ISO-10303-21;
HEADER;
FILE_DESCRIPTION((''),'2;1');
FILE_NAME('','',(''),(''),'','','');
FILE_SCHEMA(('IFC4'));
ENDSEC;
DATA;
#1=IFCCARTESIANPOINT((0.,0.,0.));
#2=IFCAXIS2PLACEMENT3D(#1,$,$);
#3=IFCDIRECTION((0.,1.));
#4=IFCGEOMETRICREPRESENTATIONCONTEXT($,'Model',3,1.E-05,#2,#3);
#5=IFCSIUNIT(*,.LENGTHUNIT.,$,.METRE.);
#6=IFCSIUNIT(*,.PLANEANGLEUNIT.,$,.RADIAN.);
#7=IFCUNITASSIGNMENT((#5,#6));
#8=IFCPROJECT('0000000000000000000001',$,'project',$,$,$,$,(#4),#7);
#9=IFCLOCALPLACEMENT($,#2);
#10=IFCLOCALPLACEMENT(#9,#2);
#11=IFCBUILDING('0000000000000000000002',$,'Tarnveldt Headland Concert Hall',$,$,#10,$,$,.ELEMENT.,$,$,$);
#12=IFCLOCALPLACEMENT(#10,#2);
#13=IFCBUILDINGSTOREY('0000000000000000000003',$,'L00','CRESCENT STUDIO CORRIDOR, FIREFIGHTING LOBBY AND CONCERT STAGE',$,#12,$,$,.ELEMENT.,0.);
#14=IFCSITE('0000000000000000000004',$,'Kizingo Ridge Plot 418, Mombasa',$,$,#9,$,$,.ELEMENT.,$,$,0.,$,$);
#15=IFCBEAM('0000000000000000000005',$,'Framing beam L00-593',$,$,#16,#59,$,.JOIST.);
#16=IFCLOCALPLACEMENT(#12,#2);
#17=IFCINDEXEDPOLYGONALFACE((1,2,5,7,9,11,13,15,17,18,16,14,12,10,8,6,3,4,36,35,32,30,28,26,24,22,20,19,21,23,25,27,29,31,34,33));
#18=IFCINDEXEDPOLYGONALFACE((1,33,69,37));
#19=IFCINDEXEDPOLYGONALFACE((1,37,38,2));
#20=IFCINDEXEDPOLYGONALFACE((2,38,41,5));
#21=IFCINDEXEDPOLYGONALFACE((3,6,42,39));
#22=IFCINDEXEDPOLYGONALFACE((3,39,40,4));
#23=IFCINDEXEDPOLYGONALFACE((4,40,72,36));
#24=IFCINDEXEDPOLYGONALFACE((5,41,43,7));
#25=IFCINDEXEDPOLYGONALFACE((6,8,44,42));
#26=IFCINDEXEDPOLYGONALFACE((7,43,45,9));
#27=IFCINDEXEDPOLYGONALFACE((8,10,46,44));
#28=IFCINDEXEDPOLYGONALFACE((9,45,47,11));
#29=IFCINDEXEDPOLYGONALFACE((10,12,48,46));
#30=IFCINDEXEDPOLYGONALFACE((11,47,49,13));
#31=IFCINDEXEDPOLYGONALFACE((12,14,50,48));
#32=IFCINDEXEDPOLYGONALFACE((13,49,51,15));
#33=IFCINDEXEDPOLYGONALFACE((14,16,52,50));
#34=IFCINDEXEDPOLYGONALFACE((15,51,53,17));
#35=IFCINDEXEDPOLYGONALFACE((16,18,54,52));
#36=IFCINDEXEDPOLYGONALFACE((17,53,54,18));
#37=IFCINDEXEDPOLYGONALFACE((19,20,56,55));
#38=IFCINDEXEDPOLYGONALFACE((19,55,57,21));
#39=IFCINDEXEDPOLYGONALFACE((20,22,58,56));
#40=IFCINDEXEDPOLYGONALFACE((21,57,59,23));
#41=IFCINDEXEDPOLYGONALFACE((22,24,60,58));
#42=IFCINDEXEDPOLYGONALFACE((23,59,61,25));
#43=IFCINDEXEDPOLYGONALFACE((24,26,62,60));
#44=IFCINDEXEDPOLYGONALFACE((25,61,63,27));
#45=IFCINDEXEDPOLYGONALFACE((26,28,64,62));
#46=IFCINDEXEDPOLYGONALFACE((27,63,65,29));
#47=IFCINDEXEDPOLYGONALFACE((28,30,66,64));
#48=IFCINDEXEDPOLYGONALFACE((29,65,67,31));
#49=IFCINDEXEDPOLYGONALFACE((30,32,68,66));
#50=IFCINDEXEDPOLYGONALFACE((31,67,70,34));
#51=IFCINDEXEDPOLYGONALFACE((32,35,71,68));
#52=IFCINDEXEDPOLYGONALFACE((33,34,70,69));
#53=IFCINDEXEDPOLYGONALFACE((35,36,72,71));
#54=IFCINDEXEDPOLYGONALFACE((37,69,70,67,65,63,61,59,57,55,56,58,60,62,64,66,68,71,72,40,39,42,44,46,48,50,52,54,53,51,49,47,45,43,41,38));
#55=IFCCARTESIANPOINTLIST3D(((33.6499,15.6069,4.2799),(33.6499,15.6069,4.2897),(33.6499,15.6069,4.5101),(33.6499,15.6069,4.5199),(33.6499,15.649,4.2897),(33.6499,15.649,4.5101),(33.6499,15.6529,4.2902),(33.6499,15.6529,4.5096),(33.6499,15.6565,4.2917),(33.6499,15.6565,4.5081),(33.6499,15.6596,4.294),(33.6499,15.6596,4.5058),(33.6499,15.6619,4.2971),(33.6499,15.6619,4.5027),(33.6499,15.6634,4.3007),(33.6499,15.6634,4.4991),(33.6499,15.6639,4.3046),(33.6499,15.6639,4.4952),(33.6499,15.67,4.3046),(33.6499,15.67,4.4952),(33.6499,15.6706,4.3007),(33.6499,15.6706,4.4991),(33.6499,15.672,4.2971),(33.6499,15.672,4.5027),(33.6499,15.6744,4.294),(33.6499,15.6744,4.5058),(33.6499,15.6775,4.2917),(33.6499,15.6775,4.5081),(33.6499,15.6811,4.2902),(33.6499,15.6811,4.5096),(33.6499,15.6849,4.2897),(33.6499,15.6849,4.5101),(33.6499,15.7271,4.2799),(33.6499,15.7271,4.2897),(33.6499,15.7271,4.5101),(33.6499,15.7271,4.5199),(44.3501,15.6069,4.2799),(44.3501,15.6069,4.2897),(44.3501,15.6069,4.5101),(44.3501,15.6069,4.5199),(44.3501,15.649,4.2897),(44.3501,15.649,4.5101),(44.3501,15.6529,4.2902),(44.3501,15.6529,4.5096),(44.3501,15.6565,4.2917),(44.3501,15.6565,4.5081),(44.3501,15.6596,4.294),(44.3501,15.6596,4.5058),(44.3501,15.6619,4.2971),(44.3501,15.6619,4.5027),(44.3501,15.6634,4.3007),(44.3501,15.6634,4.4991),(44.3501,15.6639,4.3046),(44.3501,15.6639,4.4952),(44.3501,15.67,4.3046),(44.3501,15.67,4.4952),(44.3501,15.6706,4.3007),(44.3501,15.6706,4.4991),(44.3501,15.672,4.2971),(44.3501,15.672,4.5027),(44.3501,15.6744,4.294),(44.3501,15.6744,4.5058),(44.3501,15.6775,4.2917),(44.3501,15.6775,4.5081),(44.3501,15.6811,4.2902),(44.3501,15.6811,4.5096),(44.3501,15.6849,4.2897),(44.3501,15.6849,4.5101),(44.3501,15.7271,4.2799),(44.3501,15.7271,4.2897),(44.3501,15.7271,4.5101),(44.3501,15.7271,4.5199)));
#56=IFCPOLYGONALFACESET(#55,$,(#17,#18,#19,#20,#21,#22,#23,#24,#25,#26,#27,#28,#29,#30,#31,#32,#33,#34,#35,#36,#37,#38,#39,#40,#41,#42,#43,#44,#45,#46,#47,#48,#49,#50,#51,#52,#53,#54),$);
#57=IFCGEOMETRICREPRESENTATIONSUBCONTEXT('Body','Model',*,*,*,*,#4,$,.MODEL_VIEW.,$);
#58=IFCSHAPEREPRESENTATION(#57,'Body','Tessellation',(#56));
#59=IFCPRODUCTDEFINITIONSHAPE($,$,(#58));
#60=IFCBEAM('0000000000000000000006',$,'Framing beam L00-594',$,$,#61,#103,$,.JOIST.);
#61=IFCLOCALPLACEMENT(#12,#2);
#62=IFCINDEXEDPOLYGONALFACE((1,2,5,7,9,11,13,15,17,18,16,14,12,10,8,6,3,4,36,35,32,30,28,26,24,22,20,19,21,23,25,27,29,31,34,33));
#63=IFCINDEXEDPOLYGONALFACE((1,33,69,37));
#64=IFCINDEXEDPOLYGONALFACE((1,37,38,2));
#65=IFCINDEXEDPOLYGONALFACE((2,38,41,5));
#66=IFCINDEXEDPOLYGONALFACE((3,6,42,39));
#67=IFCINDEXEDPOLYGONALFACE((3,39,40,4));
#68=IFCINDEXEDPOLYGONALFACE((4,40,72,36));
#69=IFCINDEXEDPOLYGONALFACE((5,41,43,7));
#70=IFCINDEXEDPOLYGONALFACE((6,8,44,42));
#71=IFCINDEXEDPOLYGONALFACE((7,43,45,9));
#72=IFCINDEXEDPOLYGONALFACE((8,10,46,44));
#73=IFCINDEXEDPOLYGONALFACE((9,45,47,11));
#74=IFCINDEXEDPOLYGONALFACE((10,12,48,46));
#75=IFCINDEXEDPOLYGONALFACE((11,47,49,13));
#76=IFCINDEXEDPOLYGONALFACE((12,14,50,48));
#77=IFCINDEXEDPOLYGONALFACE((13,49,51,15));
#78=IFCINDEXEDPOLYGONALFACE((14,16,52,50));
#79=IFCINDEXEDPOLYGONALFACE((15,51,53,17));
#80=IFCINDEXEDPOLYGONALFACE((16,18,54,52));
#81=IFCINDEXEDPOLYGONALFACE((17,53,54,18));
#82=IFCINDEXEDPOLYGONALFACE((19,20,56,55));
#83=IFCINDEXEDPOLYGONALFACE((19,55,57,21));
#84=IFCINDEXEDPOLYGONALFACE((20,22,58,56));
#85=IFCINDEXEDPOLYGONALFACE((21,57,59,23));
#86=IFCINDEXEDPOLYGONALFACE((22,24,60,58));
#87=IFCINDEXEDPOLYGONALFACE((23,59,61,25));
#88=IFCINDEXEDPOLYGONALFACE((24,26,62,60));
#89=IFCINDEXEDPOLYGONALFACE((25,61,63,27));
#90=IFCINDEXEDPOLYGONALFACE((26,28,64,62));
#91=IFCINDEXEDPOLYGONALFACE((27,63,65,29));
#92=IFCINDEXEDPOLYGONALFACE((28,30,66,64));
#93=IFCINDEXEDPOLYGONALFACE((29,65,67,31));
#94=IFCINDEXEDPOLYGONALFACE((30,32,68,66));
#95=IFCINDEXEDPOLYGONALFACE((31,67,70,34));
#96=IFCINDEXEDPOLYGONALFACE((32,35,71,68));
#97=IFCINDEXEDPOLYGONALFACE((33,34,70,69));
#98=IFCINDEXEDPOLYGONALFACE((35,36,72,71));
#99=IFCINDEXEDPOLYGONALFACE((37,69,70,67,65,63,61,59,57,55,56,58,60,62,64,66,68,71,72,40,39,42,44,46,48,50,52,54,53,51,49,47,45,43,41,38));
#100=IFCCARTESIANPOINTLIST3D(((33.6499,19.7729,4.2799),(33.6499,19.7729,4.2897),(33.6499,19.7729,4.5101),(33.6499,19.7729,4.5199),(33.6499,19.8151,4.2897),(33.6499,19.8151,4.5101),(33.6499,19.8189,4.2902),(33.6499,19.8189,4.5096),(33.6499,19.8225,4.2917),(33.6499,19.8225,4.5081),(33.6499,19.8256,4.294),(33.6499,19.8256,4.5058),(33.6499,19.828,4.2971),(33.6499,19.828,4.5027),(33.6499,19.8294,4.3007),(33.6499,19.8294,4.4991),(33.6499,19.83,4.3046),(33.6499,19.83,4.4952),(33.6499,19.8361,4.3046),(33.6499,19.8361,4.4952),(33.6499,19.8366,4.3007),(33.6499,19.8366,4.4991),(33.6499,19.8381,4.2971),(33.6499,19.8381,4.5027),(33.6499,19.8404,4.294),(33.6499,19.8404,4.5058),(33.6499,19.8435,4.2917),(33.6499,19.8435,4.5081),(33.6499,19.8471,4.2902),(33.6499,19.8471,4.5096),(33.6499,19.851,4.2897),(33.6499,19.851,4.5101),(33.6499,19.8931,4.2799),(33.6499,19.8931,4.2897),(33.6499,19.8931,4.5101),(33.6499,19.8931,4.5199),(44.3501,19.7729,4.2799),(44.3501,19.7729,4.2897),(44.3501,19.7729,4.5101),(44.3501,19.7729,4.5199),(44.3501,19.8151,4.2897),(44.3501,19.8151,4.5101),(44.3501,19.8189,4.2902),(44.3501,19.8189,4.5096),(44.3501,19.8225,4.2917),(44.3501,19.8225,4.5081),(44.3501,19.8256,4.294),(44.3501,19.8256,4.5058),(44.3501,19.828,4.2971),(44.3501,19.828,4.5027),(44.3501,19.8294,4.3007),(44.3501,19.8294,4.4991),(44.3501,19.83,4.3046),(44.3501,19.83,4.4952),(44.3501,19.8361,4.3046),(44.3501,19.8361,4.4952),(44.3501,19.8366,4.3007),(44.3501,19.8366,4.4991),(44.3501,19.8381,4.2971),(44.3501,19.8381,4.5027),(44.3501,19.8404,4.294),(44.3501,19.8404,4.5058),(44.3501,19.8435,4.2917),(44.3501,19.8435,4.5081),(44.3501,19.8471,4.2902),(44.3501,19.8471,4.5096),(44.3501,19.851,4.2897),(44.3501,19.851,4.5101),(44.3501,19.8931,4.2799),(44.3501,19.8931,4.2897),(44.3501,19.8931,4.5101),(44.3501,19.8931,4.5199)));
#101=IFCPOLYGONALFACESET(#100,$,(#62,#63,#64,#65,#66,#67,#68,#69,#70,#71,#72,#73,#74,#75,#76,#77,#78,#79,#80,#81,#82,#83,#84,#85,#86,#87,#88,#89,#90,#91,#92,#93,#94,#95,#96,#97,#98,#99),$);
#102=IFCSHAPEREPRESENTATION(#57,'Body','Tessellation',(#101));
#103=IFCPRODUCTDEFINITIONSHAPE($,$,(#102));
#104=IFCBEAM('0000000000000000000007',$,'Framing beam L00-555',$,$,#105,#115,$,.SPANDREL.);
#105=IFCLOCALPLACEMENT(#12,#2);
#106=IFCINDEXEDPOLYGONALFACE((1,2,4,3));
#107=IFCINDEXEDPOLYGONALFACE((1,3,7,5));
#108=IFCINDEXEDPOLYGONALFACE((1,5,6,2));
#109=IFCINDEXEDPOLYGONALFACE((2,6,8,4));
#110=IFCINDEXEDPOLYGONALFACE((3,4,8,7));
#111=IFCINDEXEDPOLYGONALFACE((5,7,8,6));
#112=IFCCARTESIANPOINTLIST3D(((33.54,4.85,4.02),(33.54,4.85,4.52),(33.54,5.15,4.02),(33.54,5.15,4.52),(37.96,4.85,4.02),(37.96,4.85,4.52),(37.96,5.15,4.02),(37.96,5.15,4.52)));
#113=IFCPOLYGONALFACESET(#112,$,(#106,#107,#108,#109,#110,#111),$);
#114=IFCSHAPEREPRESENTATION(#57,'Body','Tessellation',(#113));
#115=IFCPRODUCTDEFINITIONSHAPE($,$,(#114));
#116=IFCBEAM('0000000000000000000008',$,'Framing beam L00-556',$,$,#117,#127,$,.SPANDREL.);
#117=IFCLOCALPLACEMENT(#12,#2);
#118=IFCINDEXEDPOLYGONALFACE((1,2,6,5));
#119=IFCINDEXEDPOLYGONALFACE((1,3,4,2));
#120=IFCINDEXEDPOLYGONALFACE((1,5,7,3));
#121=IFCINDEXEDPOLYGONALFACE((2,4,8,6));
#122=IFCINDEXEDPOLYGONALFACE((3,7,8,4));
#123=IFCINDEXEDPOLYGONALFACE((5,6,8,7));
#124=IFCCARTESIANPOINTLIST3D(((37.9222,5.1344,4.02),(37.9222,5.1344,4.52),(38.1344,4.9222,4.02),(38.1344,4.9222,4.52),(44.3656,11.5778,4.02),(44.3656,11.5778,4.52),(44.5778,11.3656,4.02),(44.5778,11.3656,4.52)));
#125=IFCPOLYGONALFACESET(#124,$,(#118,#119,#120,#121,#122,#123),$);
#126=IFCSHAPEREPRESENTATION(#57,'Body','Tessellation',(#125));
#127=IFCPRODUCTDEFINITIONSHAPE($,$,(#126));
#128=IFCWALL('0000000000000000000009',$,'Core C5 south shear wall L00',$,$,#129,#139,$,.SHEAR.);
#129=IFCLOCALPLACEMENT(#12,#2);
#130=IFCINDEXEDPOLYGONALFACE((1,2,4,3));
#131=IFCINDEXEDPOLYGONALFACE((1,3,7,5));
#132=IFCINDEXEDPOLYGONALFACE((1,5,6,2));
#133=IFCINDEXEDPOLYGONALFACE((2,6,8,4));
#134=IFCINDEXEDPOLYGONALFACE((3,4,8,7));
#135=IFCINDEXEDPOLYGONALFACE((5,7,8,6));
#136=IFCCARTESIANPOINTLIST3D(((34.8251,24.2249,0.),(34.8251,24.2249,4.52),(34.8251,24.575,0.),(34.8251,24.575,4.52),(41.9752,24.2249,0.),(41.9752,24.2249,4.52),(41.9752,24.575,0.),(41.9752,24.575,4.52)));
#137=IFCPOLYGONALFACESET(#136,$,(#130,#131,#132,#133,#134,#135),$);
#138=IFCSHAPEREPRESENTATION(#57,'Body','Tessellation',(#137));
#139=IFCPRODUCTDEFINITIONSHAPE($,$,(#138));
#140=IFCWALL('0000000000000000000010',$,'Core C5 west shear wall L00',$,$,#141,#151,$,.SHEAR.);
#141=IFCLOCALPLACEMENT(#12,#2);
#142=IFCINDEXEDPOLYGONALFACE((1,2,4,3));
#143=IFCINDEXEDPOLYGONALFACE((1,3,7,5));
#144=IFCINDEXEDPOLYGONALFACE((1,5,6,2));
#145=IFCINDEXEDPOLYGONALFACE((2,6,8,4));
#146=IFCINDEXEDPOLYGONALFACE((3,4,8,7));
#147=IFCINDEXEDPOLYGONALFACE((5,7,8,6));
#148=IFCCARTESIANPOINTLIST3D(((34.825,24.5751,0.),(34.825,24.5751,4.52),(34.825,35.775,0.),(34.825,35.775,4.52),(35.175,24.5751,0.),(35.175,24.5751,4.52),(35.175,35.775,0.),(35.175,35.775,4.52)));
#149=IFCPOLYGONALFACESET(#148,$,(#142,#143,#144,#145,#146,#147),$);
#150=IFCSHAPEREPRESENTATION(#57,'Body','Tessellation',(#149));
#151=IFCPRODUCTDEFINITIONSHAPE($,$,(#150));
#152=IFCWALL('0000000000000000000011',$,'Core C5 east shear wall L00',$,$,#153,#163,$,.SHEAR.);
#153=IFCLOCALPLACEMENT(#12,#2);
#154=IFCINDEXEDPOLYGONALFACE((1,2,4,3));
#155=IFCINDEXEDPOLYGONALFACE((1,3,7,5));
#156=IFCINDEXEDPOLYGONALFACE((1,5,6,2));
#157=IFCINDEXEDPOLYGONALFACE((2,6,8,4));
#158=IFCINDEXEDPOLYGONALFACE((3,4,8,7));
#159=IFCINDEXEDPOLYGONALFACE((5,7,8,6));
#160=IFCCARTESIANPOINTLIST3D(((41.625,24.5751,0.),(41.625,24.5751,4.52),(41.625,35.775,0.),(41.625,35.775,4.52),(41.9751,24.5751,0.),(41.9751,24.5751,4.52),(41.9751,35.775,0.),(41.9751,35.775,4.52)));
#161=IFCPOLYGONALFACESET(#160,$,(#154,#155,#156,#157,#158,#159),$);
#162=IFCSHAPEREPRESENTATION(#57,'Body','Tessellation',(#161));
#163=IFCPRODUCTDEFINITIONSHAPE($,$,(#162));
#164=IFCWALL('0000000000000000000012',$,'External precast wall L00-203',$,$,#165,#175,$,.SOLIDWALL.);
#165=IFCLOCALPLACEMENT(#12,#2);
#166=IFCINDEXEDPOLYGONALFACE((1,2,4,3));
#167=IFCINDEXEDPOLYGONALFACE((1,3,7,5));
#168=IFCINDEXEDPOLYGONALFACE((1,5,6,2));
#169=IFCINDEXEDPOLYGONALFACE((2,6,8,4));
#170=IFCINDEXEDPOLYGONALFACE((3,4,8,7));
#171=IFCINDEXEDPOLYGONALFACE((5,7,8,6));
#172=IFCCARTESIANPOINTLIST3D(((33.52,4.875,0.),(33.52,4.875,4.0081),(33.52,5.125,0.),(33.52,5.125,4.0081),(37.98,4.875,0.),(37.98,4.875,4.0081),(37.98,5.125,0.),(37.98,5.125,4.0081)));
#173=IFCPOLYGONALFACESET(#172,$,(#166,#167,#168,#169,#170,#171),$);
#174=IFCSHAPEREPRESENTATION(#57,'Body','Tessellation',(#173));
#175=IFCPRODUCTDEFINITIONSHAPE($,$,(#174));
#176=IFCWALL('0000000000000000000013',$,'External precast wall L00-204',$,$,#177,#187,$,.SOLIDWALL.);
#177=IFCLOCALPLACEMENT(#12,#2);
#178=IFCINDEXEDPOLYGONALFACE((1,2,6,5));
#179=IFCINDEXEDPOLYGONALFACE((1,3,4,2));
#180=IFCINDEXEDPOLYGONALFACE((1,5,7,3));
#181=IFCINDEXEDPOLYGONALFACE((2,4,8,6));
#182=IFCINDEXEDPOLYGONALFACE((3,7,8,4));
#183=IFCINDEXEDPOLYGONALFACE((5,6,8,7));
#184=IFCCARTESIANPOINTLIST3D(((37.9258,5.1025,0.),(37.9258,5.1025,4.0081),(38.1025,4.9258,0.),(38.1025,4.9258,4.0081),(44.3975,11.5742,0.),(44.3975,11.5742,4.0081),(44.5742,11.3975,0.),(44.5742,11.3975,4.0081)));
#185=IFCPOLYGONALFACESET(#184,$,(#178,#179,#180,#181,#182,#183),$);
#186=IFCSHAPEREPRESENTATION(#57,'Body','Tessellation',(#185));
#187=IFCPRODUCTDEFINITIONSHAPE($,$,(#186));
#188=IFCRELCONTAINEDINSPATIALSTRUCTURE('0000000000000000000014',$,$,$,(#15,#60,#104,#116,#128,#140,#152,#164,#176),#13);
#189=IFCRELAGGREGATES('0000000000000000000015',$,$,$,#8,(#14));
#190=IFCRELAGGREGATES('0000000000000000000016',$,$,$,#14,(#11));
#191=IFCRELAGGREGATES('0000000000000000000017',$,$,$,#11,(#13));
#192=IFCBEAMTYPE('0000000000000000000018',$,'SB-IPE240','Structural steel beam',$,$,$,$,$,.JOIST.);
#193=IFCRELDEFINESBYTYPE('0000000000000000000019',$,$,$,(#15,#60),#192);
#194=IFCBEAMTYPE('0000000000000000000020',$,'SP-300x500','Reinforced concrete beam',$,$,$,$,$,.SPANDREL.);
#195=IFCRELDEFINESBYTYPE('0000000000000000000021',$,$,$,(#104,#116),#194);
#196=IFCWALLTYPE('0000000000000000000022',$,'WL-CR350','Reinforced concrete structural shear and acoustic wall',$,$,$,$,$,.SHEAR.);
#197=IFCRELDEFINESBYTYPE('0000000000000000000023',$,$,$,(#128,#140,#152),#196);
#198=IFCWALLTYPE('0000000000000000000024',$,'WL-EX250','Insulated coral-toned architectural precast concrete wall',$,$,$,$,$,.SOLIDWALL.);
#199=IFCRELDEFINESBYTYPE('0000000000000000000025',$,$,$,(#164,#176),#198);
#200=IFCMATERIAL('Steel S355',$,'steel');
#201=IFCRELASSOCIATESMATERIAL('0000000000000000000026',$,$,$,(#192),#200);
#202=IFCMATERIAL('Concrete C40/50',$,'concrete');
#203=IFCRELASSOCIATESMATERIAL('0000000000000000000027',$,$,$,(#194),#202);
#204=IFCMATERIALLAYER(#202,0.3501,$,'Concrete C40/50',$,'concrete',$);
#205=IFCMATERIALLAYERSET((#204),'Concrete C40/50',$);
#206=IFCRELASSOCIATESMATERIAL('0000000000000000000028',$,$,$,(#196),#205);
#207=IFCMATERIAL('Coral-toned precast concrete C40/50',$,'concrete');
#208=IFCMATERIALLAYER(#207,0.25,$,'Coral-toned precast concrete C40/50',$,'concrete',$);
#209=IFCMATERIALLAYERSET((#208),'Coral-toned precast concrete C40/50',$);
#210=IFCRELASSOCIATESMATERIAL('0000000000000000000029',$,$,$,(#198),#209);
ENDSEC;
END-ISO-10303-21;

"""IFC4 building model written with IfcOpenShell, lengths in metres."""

from ifc_helpers import new_model, si_unit, direction, frame, frame_2d, origin, origin_2d, place, context, subcontext, project, spatial, rectangle, i_section, extrude, material, layer, layer_set, material_profile, profile_set, type_object, element, save


model = new_model("IFC4")

# Units and contexts
model_context = context("Model", 3, precision=1e-05, world=origin(), true_north=direction((0.0, 1.0)))
body_context = subcontext(model_context, "Body", "Model", "MODEL_VIEW")
ifc_project = project(units=[si_unit("LENGTHUNIT", "METRE"), si_unit("PLANEANGLEUNIT", "RADIAN")], contexts=[model_context])

# Site, building, storey
site_placement = place(None, origin())
site = spatial("IfcSite", under=ifc_project, at=site_placement, Name="Kizingo Ridge Plot 418, Mombasa", CompositionType="ELEMENT", RefElevation=0.0)
building_placement = place(site_placement, origin())
building = spatial("IfcBuilding", under=site, at=building_placement, Name="Tarnveldt Headland Concert Hall", CompositionType="ELEMENT")
storey_placement = place(building_placement, origin())
storey = spatial("IfcBuildingStorey", under=building, at=storey_placement, Name="L00", Description="CRESCENT STUDIO CORRIDOR, FIREFIGHTING LOBBY AND CONCERT STAGE", CompositionType="ELEMENT", Elevation=0.0)

# Shared definitions
ifc_material_1 = material(Name="Concrete C40/50", Category="concrete")

# Beams
ifc_material_2 = material(Name="Steel S355", Category="steel")
ifc_material_profile_1 = material_profile(ifc_material_2, i_section(OverallWidth=0.1201, OverallDepth=0.24, WebThickness=0.0061, FlangeThickness=0.0098, FilletRadius=0.0149, at=origin_2d()), Name="IPE240", Category="steel")
ifc_profile_set_1 = profile_set([ifc_material_profile_1], Name="Steel S355")
beam_type_1 = type_object("IfcBeamType", Name="SB-IPE240", Description="Structural steel beam", PredefinedType="JOIST", material=ifc_profile_set_1)
for number, where, z_axis, x_axis, name in (
    (1, (33.6499, 15.667, 4.3999), (1.0, 0.0, 0.0), (0.0, 1.0, 0.0), "Framing beam L00-593"),
    (2, (33.6499, 19.833, 4.3999), (1.0, 0.0, 0.0), (0.0, 1.0, 0.0), "Framing beam L00-594"),
):
    element("IfcBeam", number, at=place(storey_placement, frame(where, z_axis=z_axis, x_axis=x_axis)), inside=storey, type_object=beam_type_1, Name=name, PredefinedType="JOIST", context=body_context, shape_type="SweptSolid", body=[
        extrude(i_section(OverallWidth=0.1201, OverallDepth=0.24, WebThickness=0.0061, FlangeThickness=0.0098, FilletRadius=0.0149, at=origin_2d()), origin(), (0.0, 0.0, 1.0), 10.7002),
    ])
ifc_material_profile_2 = material_profile(ifc_material_1, rectangle(XDim=0.3, YDim=0.5, at=origin_2d()), Name="RC SPANDREL 300x500", Category="concrete")
ifc_profile_set_2 = profile_set([ifc_material_profile_2], Name="Concrete C40/50")
beam_type_2 = type_object("IfcBeamType", Name="SP-300x500", Description="Reinforced concrete beam", PredefinedType="SPANDREL", material=ifc_profile_set_2)
beam_1_placement = place(storey_placement, frame((33.54, 5.0, 4.27), z_axis=(1.0, 0.0, 0.0), x_axis=(0.0, 1.0, 0.0)))
element("IfcBeam", 3, at=beam_1_placement, inside=storey, type_object=beam_type_2, Name="Framing beam L00-555", PredefinedType="SPANDREL", context=body_context, shape_type="SweptSolid", body=[
    extrude(rectangle(XDim=0.3, YDim=0.5, at=origin_2d()), origin(), (0.0, 0.0, 1.0), 4.4199),
])
beam_2_placement = place(storey_placement, frame((38.0283, 5.0283, 4.27), z_axis=(0.707107, 0.707107, 0.0), x_axis=(-0.707107, 0.707107, 0.0)))
element("IfcBeam", 4, at=beam_2_placement, inside=storey, type_object=beam_type_2, Name="Framing beam L00-556", PredefinedType="SPANDREL", context=body_context, shape_type="SweptSolid", body=[
    extrude(rectangle(XDim=0.3, YDim=0.5, at=origin_2d()), origin(), (0.0, 0.0, 1.0), 9.1123),
])

# Walls
ifc_layer_1 = layer(ifc_material_1, 0.3501, Name="Concrete C40/50", Category="concrete")
ifc_layer_set_1 = layer_set([ifc_layer_1], Name="Concrete C40/50")
wall_type_1 = type_object("IfcWallType", Name="WL-CR350", Description="Reinforced concrete structural shear and acoustic wall", PredefinedType="SHEAR", material=ifc_layer_set_1)
wall_1_placement = place(storey_placement, frame((34.825, 24.3999, 0.0), z_axis=(0.0, 0.0, 1.0), x_axis=(1.0, 0.0, 0.0)))
element("IfcWall", 5, at=wall_1_placement, inside=storey, type_object=wall_type_1, Name="Core C5 south shear wall L00", PredefinedType="SHEAR", context=body_context, shape_type="SweptSolid", body=[
    extrude(rectangle(XDim=7.1501, YDim=0.3501, at=frame_2d((3.5752, 0.0))), origin(), (0.0, 0.0, 1.0), 4.52),
])
for number, where, z_axis, x_axis, name in (
    (6, (35.0, 24.575, 0.0), (0.0, 0.0, 1.0), (0.0, 1.0, 0.0), "Core C5 west shear wall L00"),
    (7, (41.8, 24.575, 0.0), (0.0, 0.0, 1.0), (0.0, 1.0, 0.0), "Core C5 east shear wall L00"),
):
    element("IfcWall", number, at=place(storey_placement, frame(where, z_axis=z_axis, x_axis=x_axis)), inside=storey, type_object=wall_type_1, Name=name, PredefinedType="SHEAR", context=body_context, shape_type="SweptSolid", body=[
        extrude(rectangle(XDim=11.2, YDim=0.3501, at=frame_2d((5.6001, 0.0))), origin(), (0.0, 0.0, 1.0), 4.52),
    ])
ifc_material_3 = material(Name="Coral-toned precast concrete C40/50", Category="concrete")
ifc_layer_2 = layer(ifc_material_3, 0.25, Name="Coral-toned precast concrete C40/50", Category="concrete")
ifc_layer_set_2 = layer_set([ifc_layer_2], Name="Coral-toned precast concrete C40/50")
wall_type_2 = type_object("IfcWallType", Name="WL-EX250", Description="Insulated coral-toned architectural precast concrete wall", PredefinedType="SOLIDWALL", material=ifc_layer_set_2)
wall_2_placement = place(storey_placement, frame((37.98, 5.0, 0.0), z_axis=(0.0, 0.0, 1.0), x_axis=(-1.0, 0.0, 0.0)))
element("IfcWall", 8, at=wall_2_placement, inside=storey, type_object=wall_type_2, Name="External precast wall L00-203", PredefinedType="SOLIDWALL", context=body_context, shape_type="SweptSolid", body=[
    extrude(rectangle(XDim=4.46, YDim=0.25, at=frame_2d((2.23, 0.0))), origin(), (0.0, 0.0, 1.0), 4.0081),
])
wall_3_placement = place(storey_placement, frame((44.4858, 11.4858, 0.0), z_axis=(0.0, 0.0, 1.0), x_axis=(-0.707107, -0.707107, 0.0)))
element("IfcWall", 9, at=wall_3_placement, inside=storey, type_object=wall_type_2, Name="External precast wall L00-204", PredefinedType="SOLIDWALL", context=body_context, shape_type="SweptSolid", body=[
    extrude(rectangle(XDim=9.1523, YDim=0.25, at=frame_2d((4.5762, 0.0))), origin(), (0.0, 0.0, 1.0), 4.0081),
])

save(model, "model.ifc")
